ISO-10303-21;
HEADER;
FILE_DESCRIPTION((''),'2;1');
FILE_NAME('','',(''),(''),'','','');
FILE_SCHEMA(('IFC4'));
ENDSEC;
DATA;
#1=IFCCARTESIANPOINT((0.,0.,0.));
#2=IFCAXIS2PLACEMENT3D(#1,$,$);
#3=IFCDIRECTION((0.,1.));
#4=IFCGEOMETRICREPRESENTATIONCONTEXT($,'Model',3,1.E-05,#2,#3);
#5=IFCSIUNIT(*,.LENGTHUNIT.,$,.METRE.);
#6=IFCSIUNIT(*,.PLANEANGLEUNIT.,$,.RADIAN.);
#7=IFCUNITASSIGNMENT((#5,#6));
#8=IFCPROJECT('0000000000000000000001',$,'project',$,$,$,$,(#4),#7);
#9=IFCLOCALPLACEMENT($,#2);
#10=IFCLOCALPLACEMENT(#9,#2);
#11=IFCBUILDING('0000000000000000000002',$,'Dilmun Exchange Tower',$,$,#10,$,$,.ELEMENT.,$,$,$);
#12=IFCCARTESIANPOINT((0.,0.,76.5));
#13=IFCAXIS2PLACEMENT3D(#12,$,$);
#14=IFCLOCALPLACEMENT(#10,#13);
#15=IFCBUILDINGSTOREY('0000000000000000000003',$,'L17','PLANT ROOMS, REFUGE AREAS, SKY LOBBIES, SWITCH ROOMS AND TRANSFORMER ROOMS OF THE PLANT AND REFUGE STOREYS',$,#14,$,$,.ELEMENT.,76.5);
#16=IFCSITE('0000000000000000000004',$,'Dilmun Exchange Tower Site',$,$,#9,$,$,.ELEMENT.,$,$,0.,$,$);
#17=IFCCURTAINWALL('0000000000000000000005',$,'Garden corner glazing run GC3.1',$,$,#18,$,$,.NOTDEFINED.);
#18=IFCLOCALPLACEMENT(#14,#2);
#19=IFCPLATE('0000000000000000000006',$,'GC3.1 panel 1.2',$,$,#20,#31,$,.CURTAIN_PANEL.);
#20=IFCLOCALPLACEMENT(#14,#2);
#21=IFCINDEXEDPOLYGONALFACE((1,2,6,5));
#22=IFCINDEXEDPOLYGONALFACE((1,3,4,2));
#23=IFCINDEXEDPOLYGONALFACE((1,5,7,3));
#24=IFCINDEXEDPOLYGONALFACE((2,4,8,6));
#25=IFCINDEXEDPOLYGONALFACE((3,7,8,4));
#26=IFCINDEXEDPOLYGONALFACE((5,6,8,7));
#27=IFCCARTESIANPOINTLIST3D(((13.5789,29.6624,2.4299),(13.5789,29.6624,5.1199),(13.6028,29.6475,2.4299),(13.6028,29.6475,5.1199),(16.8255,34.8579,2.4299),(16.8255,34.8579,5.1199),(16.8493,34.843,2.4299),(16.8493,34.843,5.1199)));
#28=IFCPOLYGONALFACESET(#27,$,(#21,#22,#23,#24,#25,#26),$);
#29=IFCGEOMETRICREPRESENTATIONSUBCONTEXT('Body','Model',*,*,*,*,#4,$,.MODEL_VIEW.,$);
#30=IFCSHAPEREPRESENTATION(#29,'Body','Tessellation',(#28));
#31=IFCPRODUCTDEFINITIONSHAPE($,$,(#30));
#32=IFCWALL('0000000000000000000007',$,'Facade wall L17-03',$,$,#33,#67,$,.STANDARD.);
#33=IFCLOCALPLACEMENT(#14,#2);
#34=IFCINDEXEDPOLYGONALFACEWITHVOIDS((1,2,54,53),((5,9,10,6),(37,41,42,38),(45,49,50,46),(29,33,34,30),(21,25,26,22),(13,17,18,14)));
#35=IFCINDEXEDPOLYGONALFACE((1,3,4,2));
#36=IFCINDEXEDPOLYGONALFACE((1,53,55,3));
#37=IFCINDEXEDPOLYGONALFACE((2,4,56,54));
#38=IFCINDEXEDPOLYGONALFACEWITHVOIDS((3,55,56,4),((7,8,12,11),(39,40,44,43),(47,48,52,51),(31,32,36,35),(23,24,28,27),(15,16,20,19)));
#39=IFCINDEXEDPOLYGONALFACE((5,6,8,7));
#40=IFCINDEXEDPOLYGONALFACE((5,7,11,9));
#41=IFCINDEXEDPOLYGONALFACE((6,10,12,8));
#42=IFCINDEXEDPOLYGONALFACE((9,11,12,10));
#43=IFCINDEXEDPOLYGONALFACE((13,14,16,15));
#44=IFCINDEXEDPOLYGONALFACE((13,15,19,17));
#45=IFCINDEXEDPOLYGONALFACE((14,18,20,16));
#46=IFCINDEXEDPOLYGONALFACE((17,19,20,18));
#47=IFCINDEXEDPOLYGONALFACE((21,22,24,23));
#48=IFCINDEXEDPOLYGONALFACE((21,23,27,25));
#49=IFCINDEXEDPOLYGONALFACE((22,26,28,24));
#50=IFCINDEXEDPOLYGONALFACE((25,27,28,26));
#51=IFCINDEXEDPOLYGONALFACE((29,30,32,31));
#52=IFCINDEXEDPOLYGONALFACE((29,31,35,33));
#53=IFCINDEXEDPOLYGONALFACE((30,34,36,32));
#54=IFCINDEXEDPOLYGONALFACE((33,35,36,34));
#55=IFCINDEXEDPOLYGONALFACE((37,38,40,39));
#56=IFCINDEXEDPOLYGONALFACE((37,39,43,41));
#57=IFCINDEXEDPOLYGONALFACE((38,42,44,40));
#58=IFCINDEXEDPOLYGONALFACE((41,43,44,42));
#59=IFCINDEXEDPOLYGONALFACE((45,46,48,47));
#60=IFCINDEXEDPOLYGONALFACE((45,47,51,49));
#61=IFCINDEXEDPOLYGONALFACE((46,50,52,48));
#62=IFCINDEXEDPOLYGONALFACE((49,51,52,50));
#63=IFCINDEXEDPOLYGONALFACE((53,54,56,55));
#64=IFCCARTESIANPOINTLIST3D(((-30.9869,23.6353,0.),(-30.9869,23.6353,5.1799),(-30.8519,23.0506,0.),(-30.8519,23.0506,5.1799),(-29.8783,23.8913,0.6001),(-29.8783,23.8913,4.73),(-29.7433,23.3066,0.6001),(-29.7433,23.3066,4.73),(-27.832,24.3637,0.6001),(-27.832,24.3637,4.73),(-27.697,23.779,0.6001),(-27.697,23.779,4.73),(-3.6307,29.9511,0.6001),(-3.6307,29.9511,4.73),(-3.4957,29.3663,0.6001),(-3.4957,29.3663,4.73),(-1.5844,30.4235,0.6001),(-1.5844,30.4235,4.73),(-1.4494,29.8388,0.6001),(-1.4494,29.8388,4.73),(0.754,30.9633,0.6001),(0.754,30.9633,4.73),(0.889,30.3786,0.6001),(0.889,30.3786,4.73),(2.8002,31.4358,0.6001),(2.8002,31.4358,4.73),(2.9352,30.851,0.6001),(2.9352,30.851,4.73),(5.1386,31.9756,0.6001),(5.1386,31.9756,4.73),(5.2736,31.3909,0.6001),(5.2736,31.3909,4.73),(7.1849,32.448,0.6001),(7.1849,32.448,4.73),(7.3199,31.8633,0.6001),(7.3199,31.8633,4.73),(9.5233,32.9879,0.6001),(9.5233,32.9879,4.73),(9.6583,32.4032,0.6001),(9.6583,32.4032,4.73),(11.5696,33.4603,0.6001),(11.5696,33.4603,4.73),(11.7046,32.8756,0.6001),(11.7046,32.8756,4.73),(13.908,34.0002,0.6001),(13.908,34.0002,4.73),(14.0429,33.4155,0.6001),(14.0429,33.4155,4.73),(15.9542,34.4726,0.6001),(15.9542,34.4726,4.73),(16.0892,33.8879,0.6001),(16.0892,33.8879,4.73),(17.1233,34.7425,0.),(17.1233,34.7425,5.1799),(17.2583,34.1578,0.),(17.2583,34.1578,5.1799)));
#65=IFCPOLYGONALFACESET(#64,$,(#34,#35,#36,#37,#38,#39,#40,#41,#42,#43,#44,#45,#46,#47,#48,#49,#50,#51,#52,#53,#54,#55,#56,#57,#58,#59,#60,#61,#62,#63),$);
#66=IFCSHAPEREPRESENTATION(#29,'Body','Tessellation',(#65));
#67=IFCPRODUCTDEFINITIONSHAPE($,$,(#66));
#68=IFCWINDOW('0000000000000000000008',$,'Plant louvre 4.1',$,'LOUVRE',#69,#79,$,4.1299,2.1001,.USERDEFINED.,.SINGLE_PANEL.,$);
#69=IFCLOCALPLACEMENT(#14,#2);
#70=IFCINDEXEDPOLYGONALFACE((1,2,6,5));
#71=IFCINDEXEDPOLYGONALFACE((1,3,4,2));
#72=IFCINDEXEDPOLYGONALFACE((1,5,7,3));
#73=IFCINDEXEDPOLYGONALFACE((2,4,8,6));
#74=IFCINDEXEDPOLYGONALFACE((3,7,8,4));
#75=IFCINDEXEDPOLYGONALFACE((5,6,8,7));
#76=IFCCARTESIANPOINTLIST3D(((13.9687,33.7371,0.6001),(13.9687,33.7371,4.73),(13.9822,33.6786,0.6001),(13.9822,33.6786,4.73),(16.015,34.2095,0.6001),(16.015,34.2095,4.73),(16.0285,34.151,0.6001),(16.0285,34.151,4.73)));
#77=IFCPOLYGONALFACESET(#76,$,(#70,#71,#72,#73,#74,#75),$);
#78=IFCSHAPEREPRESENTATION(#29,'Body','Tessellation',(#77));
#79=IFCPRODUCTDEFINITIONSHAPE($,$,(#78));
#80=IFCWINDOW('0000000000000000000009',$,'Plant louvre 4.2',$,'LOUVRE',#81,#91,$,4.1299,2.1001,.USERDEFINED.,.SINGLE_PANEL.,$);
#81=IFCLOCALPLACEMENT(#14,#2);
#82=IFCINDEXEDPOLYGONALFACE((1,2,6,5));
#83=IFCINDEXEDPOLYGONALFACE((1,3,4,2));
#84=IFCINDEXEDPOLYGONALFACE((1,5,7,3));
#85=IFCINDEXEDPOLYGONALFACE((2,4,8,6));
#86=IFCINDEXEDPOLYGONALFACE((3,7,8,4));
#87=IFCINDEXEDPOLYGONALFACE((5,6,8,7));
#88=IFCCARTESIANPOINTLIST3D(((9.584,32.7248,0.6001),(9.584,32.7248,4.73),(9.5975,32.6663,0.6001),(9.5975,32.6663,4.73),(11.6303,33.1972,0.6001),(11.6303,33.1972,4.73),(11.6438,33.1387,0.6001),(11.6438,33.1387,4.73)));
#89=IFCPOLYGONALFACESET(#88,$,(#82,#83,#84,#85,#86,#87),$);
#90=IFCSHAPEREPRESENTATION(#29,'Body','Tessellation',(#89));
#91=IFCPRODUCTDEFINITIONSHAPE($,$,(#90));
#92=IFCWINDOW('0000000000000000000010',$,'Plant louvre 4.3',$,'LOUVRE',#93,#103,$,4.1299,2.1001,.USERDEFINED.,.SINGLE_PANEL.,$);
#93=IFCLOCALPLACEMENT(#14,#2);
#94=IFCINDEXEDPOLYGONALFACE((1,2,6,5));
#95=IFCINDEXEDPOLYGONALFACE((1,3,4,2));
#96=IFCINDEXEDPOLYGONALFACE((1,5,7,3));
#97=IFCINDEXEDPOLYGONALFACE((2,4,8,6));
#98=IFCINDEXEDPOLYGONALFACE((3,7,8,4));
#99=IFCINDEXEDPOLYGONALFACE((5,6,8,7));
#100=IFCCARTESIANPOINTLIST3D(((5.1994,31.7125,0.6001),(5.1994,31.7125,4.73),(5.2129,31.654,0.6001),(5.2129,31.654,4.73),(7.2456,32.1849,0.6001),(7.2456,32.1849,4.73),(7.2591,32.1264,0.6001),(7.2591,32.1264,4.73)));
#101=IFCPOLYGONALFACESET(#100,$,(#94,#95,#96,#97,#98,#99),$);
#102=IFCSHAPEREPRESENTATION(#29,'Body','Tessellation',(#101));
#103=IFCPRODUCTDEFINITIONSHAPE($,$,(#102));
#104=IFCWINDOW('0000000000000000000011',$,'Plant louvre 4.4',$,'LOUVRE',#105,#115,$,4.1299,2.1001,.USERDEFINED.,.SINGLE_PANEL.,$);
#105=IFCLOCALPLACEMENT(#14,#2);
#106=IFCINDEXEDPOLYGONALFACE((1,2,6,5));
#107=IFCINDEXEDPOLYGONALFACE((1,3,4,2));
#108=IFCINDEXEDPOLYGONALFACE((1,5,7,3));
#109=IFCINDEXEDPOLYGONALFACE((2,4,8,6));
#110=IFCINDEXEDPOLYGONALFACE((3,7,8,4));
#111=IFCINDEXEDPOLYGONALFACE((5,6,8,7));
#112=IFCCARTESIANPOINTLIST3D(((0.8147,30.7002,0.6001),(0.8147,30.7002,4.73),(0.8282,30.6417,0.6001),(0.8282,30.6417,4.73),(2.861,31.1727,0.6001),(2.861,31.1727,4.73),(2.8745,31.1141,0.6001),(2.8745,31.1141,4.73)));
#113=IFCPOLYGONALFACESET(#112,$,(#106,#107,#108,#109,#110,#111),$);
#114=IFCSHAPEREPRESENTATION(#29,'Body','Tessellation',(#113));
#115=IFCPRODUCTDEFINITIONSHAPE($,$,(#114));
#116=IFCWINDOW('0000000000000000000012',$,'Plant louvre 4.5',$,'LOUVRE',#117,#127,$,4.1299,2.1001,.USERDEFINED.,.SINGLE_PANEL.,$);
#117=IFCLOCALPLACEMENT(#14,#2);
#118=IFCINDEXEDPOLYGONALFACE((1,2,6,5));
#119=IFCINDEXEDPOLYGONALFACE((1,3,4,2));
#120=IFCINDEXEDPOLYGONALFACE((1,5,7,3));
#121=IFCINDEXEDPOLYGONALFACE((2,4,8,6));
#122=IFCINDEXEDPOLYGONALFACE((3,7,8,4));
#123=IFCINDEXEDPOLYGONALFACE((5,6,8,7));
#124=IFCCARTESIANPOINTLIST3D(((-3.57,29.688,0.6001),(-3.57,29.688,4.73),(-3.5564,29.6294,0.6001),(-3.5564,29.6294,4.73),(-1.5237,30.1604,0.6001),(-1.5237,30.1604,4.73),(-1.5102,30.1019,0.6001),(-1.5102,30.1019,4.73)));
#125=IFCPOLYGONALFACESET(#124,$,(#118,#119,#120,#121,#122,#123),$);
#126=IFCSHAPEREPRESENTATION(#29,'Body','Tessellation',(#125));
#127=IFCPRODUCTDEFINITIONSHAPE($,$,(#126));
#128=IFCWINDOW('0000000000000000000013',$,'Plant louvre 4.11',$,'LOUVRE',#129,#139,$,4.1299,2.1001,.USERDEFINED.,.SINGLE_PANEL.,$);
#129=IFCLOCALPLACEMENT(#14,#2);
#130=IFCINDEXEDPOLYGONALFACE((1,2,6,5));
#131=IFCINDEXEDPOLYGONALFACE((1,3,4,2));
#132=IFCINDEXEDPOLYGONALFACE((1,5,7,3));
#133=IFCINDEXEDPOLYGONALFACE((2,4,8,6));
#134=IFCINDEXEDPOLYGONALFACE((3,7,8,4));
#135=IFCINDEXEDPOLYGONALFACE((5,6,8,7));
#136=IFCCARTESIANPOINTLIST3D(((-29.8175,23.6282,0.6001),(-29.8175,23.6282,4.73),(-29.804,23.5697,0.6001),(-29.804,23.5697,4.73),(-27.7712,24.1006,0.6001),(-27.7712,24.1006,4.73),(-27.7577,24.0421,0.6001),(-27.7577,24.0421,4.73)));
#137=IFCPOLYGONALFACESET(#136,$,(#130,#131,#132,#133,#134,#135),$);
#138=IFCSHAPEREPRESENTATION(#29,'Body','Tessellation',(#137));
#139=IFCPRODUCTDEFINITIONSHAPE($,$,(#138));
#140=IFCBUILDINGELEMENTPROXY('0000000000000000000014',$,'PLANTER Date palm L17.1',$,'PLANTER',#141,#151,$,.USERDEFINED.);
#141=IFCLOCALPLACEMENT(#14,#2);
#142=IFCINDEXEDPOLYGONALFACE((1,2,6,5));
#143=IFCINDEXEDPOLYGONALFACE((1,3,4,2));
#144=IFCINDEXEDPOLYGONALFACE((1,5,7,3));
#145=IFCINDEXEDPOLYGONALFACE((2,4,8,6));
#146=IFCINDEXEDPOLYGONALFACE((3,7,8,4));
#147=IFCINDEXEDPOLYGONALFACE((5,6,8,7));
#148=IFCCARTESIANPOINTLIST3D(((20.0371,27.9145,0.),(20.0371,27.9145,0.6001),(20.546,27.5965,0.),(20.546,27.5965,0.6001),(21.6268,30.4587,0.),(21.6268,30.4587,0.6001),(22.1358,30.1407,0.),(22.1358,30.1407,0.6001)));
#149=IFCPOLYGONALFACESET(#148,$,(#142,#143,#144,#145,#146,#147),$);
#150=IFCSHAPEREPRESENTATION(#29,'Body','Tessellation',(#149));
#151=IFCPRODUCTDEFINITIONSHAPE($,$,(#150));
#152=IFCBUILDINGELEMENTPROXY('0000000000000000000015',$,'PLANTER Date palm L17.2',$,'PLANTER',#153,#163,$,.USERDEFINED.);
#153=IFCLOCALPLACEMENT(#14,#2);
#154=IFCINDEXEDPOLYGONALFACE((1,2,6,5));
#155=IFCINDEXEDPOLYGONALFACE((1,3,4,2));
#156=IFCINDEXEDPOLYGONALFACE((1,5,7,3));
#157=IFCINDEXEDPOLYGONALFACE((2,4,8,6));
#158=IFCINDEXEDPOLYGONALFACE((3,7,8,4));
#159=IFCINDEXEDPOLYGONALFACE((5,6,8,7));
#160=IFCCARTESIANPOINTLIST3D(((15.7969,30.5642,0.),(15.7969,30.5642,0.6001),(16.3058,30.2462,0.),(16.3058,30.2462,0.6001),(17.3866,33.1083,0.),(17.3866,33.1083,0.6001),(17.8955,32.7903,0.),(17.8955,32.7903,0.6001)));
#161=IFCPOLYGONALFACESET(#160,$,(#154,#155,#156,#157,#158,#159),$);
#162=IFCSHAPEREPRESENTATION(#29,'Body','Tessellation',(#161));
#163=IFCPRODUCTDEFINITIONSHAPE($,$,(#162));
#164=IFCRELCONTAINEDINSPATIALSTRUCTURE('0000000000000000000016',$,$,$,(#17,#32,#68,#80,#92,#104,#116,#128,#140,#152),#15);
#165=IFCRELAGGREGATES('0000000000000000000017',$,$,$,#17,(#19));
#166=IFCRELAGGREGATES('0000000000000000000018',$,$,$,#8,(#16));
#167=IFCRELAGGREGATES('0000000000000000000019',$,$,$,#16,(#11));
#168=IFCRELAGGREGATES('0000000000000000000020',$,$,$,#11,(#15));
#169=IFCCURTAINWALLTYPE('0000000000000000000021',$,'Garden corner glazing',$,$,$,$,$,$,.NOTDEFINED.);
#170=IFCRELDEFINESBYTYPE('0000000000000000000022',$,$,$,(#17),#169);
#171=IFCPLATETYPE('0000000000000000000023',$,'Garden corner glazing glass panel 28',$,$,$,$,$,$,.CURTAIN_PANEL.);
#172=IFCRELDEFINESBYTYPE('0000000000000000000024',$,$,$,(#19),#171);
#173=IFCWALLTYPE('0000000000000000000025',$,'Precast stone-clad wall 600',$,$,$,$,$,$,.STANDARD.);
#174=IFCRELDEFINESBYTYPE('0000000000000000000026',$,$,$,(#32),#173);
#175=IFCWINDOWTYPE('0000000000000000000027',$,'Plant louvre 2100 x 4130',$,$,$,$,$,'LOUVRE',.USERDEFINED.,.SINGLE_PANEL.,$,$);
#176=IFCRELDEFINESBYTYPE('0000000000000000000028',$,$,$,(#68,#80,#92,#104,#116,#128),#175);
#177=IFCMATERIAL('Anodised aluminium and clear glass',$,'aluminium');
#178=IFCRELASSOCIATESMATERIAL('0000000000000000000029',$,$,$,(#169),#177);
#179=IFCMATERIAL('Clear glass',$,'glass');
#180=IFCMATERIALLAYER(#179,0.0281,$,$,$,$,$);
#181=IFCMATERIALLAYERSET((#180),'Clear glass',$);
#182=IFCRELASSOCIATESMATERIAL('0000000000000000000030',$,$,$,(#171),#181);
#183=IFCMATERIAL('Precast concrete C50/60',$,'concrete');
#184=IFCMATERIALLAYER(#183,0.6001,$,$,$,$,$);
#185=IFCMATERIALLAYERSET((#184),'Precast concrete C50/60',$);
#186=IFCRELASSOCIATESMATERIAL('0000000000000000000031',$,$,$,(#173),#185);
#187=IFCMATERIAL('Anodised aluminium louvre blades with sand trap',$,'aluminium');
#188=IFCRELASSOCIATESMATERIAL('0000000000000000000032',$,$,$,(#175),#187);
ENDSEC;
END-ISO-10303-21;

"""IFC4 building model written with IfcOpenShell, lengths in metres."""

from ifc_helpers import new_model, si_unit, direction, frame, frame_2d, origin, origin_2d, place, context, subcontext, project, spatial, rectangle, extrude, material, layer, layer_set, type_object, element, fill, aggregate, save


model = new_model("IFC4")

# Units and contexts
model_context = context("Model", 3, precision=1e-05, world=origin(), true_north=direction((0.0, 1.0)))
body_context = subcontext(model_context, "Body", "Model", "MODEL_VIEW")
ifc_project = project(units=[si_unit("LENGTHUNIT", "METRE"), si_unit("PLANEANGLEUNIT", "RADIAN")], contexts=[model_context])

# Site, building, storey
site_placement = place(None, origin())
site = spatial("IfcSite", under=ifc_project, at=site_placement, Name="Dilmun Exchange Tower Site", CompositionType="ELEMENT", RefElevation=0.0)
building_placement = place(site_placement, origin())
building = spatial("IfcBuilding", under=site, at=building_placement, Name="Dilmun Exchange Tower", CompositionType="ELEMENT")
storey_placement = place(building_placement, frame((0.0, 0.0, 76.5)))
storey = spatial("IfcBuildingStorey", under=building, at=storey_placement, Name="L17", Description="PLANT ROOMS, REFUGE AREAS, SKY LOBBIES, SWITCH ROOMS AND TRANSFORMER ROOMS OF THE PLANT AND REFUGE STOREYS", CompositionType="ELEMENT", Elevation=76.5)

# Curtain wall
ifc_material_1 = material(Name="Anodised aluminium and clear glass", Category="aluminium")
curtain_wall_type = type_object("IfcCurtainWallType", Name="Garden corner glazing", PredefinedType="NOTDEFINED", material=ifc_material_1)
curtain_wall_1_placement = place(storey_placement, origin())
curtain_wall_1 = element("IfcCurtainWall", 1, at=curtain_wall_1_placement, inside=storey, type_object=curtain_wall_type, Name="Garden corner glazing run GC3.1", PredefinedType="NOTDEFINED")

# Plate
ifc_material_2 = material(Name="Clear glass", Category="glass")
ifc_layer_1 = layer(ifc_material_2, 0.0281)
ifc_layer_set_1 = layer_set([ifc_layer_1], Name="Clear glass")
plate_type = type_object("IfcPlateType", Name="Garden corner glazing glass panel 28", PredefinedType="CURTAIN_PANEL", material=ifc_layer_set_1)
plate_1_placement = place(storey_placement, frame((15.2141, 32.2527, 2.4299), z_axis=(0.0, 0.0, 1.0), x_axis=(0.529917, 0.84805, 0.0)))
plate_1 = element("IfcPlate", 2, at=plate_1_placement, type_object=plate_type, Name="GC3.1 panel 1.2", PredefinedType="CURTAIN_PANEL", context=body_context, shape_type="SweptSolid", body=[
    extrude(rectangle(XDim=6.1265, YDim=0.0281, at=origin_2d()), origin(), (0.0, 0.0, 1.0), 2.6899),
])
aggregate(curtain_wall_1, [plate_1])

# Wall, openings, windows
ifc_material_3 = material(Name="Precast concrete C50/60", Category="concrete")
ifc_layer_2 = layer(ifc_material_3, 0.6001)
ifc_layer_set_2 = layer_set([ifc_layer_2], Name="Precast concrete C50/60")
wall_type = type_object("IfcWallType", Name="Precast stone-clad wall 600", PredefinedType="STANDARD", material=ifc_layer_set_2)
wall_placement = place(storey_placement, frame((17.1909, 34.4502, 0.0), z_axis=(0.0, 0.0, 1.0), x_axis=(-0.97437, -0.224953, 0.0)))
wall = element("IfcWall", 3, at=wall_placement, inside=storey, type_object=wall_type, Name="Facade wall L17-03", PredefinedType="STANDARD", context=body_context, shape_type="SweptSolid", body=[
    extrude(rectangle(XDim=49.3757, YDim=0.6001, at=frame_2d((24.688, 0.0))), origin(), (0.0, 0.0, 1.0), 5.1799),
])
opening_1_placement = place(wall_placement, frame((1.2, 0.0, 0.6001)))
opening_1 = element("IfcOpeningElement", 4, at=opening_1_placement, cuts=wall, PredefinedType="OPENING", context=body_context, shape_type="SweptSolid", body=[
    extrude(rectangle(XDim=2.1001, YDim=4.1299, at=frame_2d((1.05, 2.0649))), frame((0.0, 0.3101, 0.0), z_axis=(0.0, -1.0, 0.0), x_axis=(1.0, 0.0, 0.0)), (0.0, 0.0, 1.0), 0.6201),
])
opening_2_placement = place(wall_placement, frame((5.7, 0.0, 0.6001)))
opening_2 = element("IfcOpeningElement", 5, at=opening_2_placement, cuts=wall, PredefinedType="OPENING", context=body_context, shape_type="SweptSolid", body=[
    extrude(rectangle(XDim=2.1001, YDim=4.1299, at=frame_2d((1.05, 2.0649))), frame((0.0, 0.3101, 0.0), z_axis=(0.0, -1.0, 0.0), x_axis=(1.0, 0.0, 0.0)), (0.0, 0.0, 1.0), 0.6201),
])
opening_3_placement = place(wall_placement, frame((10.2, 0.0, 0.6001)))
opening_3 = element("IfcOpeningElement", 6, at=opening_3_placement, cuts=wall, PredefinedType="OPENING", context=body_context, shape_type="SweptSolid", body=[
    extrude(rectangle(XDim=2.1001, YDim=4.1299, at=frame_2d((1.05, 2.0649))), frame((0.0, 0.3101, 0.0), z_axis=(0.0, -1.0, 0.0), x_axis=(1.0, 0.0, 0.0)), (0.0, 0.0, 1.0), 0.6201),
])
opening_4_placement = place(wall_placement, frame((14.7, 0.0, 0.6001)))
opening_4 = element("IfcOpeningElement", 7, at=opening_4_placement, cuts=wall, PredefinedType="OPENING", context=body_context, shape_type="SweptSolid", body=[
    extrude(rectangle(XDim=2.1001, YDim=4.1299, at=frame_2d((1.05, 2.0649))), frame((0.0, 0.3101, 0.0), z_axis=(0.0, -1.0, 0.0), x_axis=(1.0, 0.0, 0.0)), (0.0, 0.0, 1.0), 0.6201),
])
opening_5_placement = place(wall_placement, frame((19.2, 0.0, 0.6001)))
opening_5 = element("IfcOpeningElement", 8, at=opening_5_placement, cuts=wall, PredefinedType="OPENING", context=body_context, shape_type="SweptSolid", body=[
    extrude(rectangle(XDim=2.1001, YDim=4.1299, at=frame_2d((1.05, 2.0649))), frame((0.0, 0.3101, 0.0), z_axis=(0.0, -1.0, 0.0), x_axis=(1.0, 0.0, 0.0)), (0.0, 0.0, 1.0), 0.6201),
])
opening_6_placement = place(wall_placement, frame((46.1379, 0.0, 0.6001)))
opening_6 = element("IfcOpeningElement", 9, at=opening_6_placement, cuts=wall, PredefinedType="OPENING", context=body_context, shape_type="SweptSolid", body=[
    extrude(rectangle(XDim=2.1001, YDim=4.1299, at=frame_2d((1.05, 2.0649))), frame((0.0, 0.3101, 0.0), z_axis=(0.0, -1.0, 0.0), x_axis=(1.0, 0.0, 0.0)), (0.0, 0.0, 1.0), 0.6201),
])
ifc_material_4 = material(Name="Anodised aluminium louvre blades with sand trap", Category="aluminium")
window_type = type_object("IfcWindowType", Name="Plant louvre 2100 x 4130", ElementType="LOUVRE", PartitioningType="SINGLE_PANEL", PredefinedType="USERDEFINED", material=ifc_material_4)
window_1_placement = place(opening_1_placement, origin())
window_1 = element("IfcWindow", 10, at=window_1_placement, inside=storey, type_object=window_type, Name="Plant louvre 4.1", ObjectType="LOUVRE", OverallHeight=4.1299, OverallWidth=2.1001, PartitioningType="SINGLE_PANEL", PredefinedType="USERDEFINED", context=body_context, shape_type="SweptSolid", body=[
    extrude(rectangle(XDim=2.1001, YDim=4.1299, at=frame_2d((1.05, 2.0649))), frame((0.0, 0.03, 0.0), z_axis=(0.0, -1.0, 0.0), x_axis=(1.0, 0.0, 0.0)), (0.0, 0.0, 1.0), 0.0601),
])
fill(opening_1, window_1)
window_2_placement = place(opening_2_placement, origin())
window_2 = element("IfcWindow", 11, at=window_2_placement, inside=storey, type_object=window_type, Name="Plant louvre 4.2", ObjectType="LOUVRE", OverallHeight=4.1299, OverallWidth=2.1001, PartitioningType="SINGLE_PANEL", PredefinedType="USERDEFINED", context=body_context, shape_type="SweptSolid", body=[
    extrude(rectangle(XDim=2.1001, YDim=4.1299, at=frame_2d((1.05, 2.0649))), frame((0.0, 0.03, 0.0), z_axis=(0.0, -1.0, 0.0), x_axis=(1.0, 0.0, 0.0)), (0.0, 0.0, 1.0), 0.0601),
])
fill(opening_2, window_2)
window_3_placement = place(opening_3_placement, origin())
window_3 = element("IfcWindow", 12, at=window_3_placement, inside=storey, type_object=window_type, Name="Plant louvre 4.3", ObjectType="LOUVRE", OverallHeight=4.1299, OverallWidth=2.1001, PartitioningType="SINGLE_PANEL", PredefinedType="USERDEFINED", context=body_context, shape_type="SweptSolid", body=[
    extrude(rectangle(XDim=2.1001, YDim=4.1299, at=frame_2d((1.05, 2.0649))), frame((0.0, 0.03, 0.0), z_axis=(0.0, -1.0, 0.0), x_axis=(1.0, 0.0, 0.0)), (0.0, 0.0, 1.0), 0.0601),
])
fill(opening_3, window_3)
window_4_placement = place(opening_4_placement, origin())
window_4 = element("IfcWindow", 13, at=window_4_placement, inside=storey, type_object=window_type, Name="Plant louvre 4.4", ObjectType="LOUVRE", OverallHeight=4.1299, OverallWidth=2.1001, PartitioningType="SINGLE_PANEL", PredefinedType="USERDEFINED", context=body_context, shape_type="SweptSolid", body=[
    extrude(rectangle(XDim=2.1001, YDim=4.1299, at=frame_2d((1.05, 2.0649))), frame((0.0, 0.03, 0.0), z_axis=(0.0, -1.0, 0.0), x_axis=(1.0, 0.0, 0.0)), (0.0, 0.0, 1.0), 0.0601),
])
fill(opening_4, window_4)
window_5_placement = place(opening_5_placement, origin())
window_5 = element("IfcWindow", 14, at=window_5_placement, inside=storey, type_object=window_type, Name="Plant louvre 4.5", ObjectType="LOUVRE", OverallHeight=4.1299, OverallWidth=2.1001, PartitioningType="SINGLE_PANEL", PredefinedType="USERDEFINED", context=body_context, shape_type="SweptSolid", body=[
    extrude(rectangle(XDim=2.1001, YDim=4.1299, at=frame_2d((1.05, 2.0649))), frame((0.0, 0.03, 0.0), z_axis=(0.0, -1.0, 0.0), x_axis=(1.0, 0.0, 0.0)), (0.0, 0.0, 1.0), 0.0601),
])
fill(opening_5, window_5)
window_6_placement = place(opening_6_placement, origin())
window_6 = element("IfcWindow", 15, at=window_6_placement, inside=storey, type_object=window_type, Name="Plant louvre 4.11", ObjectType="LOUVRE", OverallHeight=4.1299, OverallWidth=2.1001, PartitioningType="SINGLE_PANEL", PredefinedType="USERDEFINED", context=body_context, shape_type="SweptSolid", body=[
    extrude(rectangle(XDim=2.1001, YDim=4.1299, at=frame_2d((1.05, 2.0649))), frame((0.0, 0.03, 0.0), z_axis=(0.0, -1.0, 0.0), x_axis=(1.0, 0.0, 0.0)), (0.0, 0.0, 1.0), 0.0601),
])
fill(opening_6, window_6)

# Building element proxies
for number, where, z_axis, x_axis, name in (
    (16, (21.0864, 29.0276, 0.0), (0.0, 0.0, 1.0), (0.529919, 0.848048, 0.0), "PLANTER Date palm L17.1"),
    (17, (16.8462, 31.6772, 0.0), (0.0, 0.0, 1.0), (0.529919, 0.848048, 0.0), "PLANTER Date palm L17.2"),
):
    element("IfcBuildingElementProxy", number, at=place(storey_placement, frame(where, z_axis=z_axis, x_axis=x_axis)), inside=storey, Name=name, ObjectType="PLANTER", PredefinedType="USERDEFINED", context=body_context, shape_type="SweptSolid", body=[
        extrude(rectangle(XDim=3.0, YDim=0.6001, at=origin_2d()), origin(), (0.0, 0.0, 1.0), 0.6001),
    ])

save(model, "model.ifc")
